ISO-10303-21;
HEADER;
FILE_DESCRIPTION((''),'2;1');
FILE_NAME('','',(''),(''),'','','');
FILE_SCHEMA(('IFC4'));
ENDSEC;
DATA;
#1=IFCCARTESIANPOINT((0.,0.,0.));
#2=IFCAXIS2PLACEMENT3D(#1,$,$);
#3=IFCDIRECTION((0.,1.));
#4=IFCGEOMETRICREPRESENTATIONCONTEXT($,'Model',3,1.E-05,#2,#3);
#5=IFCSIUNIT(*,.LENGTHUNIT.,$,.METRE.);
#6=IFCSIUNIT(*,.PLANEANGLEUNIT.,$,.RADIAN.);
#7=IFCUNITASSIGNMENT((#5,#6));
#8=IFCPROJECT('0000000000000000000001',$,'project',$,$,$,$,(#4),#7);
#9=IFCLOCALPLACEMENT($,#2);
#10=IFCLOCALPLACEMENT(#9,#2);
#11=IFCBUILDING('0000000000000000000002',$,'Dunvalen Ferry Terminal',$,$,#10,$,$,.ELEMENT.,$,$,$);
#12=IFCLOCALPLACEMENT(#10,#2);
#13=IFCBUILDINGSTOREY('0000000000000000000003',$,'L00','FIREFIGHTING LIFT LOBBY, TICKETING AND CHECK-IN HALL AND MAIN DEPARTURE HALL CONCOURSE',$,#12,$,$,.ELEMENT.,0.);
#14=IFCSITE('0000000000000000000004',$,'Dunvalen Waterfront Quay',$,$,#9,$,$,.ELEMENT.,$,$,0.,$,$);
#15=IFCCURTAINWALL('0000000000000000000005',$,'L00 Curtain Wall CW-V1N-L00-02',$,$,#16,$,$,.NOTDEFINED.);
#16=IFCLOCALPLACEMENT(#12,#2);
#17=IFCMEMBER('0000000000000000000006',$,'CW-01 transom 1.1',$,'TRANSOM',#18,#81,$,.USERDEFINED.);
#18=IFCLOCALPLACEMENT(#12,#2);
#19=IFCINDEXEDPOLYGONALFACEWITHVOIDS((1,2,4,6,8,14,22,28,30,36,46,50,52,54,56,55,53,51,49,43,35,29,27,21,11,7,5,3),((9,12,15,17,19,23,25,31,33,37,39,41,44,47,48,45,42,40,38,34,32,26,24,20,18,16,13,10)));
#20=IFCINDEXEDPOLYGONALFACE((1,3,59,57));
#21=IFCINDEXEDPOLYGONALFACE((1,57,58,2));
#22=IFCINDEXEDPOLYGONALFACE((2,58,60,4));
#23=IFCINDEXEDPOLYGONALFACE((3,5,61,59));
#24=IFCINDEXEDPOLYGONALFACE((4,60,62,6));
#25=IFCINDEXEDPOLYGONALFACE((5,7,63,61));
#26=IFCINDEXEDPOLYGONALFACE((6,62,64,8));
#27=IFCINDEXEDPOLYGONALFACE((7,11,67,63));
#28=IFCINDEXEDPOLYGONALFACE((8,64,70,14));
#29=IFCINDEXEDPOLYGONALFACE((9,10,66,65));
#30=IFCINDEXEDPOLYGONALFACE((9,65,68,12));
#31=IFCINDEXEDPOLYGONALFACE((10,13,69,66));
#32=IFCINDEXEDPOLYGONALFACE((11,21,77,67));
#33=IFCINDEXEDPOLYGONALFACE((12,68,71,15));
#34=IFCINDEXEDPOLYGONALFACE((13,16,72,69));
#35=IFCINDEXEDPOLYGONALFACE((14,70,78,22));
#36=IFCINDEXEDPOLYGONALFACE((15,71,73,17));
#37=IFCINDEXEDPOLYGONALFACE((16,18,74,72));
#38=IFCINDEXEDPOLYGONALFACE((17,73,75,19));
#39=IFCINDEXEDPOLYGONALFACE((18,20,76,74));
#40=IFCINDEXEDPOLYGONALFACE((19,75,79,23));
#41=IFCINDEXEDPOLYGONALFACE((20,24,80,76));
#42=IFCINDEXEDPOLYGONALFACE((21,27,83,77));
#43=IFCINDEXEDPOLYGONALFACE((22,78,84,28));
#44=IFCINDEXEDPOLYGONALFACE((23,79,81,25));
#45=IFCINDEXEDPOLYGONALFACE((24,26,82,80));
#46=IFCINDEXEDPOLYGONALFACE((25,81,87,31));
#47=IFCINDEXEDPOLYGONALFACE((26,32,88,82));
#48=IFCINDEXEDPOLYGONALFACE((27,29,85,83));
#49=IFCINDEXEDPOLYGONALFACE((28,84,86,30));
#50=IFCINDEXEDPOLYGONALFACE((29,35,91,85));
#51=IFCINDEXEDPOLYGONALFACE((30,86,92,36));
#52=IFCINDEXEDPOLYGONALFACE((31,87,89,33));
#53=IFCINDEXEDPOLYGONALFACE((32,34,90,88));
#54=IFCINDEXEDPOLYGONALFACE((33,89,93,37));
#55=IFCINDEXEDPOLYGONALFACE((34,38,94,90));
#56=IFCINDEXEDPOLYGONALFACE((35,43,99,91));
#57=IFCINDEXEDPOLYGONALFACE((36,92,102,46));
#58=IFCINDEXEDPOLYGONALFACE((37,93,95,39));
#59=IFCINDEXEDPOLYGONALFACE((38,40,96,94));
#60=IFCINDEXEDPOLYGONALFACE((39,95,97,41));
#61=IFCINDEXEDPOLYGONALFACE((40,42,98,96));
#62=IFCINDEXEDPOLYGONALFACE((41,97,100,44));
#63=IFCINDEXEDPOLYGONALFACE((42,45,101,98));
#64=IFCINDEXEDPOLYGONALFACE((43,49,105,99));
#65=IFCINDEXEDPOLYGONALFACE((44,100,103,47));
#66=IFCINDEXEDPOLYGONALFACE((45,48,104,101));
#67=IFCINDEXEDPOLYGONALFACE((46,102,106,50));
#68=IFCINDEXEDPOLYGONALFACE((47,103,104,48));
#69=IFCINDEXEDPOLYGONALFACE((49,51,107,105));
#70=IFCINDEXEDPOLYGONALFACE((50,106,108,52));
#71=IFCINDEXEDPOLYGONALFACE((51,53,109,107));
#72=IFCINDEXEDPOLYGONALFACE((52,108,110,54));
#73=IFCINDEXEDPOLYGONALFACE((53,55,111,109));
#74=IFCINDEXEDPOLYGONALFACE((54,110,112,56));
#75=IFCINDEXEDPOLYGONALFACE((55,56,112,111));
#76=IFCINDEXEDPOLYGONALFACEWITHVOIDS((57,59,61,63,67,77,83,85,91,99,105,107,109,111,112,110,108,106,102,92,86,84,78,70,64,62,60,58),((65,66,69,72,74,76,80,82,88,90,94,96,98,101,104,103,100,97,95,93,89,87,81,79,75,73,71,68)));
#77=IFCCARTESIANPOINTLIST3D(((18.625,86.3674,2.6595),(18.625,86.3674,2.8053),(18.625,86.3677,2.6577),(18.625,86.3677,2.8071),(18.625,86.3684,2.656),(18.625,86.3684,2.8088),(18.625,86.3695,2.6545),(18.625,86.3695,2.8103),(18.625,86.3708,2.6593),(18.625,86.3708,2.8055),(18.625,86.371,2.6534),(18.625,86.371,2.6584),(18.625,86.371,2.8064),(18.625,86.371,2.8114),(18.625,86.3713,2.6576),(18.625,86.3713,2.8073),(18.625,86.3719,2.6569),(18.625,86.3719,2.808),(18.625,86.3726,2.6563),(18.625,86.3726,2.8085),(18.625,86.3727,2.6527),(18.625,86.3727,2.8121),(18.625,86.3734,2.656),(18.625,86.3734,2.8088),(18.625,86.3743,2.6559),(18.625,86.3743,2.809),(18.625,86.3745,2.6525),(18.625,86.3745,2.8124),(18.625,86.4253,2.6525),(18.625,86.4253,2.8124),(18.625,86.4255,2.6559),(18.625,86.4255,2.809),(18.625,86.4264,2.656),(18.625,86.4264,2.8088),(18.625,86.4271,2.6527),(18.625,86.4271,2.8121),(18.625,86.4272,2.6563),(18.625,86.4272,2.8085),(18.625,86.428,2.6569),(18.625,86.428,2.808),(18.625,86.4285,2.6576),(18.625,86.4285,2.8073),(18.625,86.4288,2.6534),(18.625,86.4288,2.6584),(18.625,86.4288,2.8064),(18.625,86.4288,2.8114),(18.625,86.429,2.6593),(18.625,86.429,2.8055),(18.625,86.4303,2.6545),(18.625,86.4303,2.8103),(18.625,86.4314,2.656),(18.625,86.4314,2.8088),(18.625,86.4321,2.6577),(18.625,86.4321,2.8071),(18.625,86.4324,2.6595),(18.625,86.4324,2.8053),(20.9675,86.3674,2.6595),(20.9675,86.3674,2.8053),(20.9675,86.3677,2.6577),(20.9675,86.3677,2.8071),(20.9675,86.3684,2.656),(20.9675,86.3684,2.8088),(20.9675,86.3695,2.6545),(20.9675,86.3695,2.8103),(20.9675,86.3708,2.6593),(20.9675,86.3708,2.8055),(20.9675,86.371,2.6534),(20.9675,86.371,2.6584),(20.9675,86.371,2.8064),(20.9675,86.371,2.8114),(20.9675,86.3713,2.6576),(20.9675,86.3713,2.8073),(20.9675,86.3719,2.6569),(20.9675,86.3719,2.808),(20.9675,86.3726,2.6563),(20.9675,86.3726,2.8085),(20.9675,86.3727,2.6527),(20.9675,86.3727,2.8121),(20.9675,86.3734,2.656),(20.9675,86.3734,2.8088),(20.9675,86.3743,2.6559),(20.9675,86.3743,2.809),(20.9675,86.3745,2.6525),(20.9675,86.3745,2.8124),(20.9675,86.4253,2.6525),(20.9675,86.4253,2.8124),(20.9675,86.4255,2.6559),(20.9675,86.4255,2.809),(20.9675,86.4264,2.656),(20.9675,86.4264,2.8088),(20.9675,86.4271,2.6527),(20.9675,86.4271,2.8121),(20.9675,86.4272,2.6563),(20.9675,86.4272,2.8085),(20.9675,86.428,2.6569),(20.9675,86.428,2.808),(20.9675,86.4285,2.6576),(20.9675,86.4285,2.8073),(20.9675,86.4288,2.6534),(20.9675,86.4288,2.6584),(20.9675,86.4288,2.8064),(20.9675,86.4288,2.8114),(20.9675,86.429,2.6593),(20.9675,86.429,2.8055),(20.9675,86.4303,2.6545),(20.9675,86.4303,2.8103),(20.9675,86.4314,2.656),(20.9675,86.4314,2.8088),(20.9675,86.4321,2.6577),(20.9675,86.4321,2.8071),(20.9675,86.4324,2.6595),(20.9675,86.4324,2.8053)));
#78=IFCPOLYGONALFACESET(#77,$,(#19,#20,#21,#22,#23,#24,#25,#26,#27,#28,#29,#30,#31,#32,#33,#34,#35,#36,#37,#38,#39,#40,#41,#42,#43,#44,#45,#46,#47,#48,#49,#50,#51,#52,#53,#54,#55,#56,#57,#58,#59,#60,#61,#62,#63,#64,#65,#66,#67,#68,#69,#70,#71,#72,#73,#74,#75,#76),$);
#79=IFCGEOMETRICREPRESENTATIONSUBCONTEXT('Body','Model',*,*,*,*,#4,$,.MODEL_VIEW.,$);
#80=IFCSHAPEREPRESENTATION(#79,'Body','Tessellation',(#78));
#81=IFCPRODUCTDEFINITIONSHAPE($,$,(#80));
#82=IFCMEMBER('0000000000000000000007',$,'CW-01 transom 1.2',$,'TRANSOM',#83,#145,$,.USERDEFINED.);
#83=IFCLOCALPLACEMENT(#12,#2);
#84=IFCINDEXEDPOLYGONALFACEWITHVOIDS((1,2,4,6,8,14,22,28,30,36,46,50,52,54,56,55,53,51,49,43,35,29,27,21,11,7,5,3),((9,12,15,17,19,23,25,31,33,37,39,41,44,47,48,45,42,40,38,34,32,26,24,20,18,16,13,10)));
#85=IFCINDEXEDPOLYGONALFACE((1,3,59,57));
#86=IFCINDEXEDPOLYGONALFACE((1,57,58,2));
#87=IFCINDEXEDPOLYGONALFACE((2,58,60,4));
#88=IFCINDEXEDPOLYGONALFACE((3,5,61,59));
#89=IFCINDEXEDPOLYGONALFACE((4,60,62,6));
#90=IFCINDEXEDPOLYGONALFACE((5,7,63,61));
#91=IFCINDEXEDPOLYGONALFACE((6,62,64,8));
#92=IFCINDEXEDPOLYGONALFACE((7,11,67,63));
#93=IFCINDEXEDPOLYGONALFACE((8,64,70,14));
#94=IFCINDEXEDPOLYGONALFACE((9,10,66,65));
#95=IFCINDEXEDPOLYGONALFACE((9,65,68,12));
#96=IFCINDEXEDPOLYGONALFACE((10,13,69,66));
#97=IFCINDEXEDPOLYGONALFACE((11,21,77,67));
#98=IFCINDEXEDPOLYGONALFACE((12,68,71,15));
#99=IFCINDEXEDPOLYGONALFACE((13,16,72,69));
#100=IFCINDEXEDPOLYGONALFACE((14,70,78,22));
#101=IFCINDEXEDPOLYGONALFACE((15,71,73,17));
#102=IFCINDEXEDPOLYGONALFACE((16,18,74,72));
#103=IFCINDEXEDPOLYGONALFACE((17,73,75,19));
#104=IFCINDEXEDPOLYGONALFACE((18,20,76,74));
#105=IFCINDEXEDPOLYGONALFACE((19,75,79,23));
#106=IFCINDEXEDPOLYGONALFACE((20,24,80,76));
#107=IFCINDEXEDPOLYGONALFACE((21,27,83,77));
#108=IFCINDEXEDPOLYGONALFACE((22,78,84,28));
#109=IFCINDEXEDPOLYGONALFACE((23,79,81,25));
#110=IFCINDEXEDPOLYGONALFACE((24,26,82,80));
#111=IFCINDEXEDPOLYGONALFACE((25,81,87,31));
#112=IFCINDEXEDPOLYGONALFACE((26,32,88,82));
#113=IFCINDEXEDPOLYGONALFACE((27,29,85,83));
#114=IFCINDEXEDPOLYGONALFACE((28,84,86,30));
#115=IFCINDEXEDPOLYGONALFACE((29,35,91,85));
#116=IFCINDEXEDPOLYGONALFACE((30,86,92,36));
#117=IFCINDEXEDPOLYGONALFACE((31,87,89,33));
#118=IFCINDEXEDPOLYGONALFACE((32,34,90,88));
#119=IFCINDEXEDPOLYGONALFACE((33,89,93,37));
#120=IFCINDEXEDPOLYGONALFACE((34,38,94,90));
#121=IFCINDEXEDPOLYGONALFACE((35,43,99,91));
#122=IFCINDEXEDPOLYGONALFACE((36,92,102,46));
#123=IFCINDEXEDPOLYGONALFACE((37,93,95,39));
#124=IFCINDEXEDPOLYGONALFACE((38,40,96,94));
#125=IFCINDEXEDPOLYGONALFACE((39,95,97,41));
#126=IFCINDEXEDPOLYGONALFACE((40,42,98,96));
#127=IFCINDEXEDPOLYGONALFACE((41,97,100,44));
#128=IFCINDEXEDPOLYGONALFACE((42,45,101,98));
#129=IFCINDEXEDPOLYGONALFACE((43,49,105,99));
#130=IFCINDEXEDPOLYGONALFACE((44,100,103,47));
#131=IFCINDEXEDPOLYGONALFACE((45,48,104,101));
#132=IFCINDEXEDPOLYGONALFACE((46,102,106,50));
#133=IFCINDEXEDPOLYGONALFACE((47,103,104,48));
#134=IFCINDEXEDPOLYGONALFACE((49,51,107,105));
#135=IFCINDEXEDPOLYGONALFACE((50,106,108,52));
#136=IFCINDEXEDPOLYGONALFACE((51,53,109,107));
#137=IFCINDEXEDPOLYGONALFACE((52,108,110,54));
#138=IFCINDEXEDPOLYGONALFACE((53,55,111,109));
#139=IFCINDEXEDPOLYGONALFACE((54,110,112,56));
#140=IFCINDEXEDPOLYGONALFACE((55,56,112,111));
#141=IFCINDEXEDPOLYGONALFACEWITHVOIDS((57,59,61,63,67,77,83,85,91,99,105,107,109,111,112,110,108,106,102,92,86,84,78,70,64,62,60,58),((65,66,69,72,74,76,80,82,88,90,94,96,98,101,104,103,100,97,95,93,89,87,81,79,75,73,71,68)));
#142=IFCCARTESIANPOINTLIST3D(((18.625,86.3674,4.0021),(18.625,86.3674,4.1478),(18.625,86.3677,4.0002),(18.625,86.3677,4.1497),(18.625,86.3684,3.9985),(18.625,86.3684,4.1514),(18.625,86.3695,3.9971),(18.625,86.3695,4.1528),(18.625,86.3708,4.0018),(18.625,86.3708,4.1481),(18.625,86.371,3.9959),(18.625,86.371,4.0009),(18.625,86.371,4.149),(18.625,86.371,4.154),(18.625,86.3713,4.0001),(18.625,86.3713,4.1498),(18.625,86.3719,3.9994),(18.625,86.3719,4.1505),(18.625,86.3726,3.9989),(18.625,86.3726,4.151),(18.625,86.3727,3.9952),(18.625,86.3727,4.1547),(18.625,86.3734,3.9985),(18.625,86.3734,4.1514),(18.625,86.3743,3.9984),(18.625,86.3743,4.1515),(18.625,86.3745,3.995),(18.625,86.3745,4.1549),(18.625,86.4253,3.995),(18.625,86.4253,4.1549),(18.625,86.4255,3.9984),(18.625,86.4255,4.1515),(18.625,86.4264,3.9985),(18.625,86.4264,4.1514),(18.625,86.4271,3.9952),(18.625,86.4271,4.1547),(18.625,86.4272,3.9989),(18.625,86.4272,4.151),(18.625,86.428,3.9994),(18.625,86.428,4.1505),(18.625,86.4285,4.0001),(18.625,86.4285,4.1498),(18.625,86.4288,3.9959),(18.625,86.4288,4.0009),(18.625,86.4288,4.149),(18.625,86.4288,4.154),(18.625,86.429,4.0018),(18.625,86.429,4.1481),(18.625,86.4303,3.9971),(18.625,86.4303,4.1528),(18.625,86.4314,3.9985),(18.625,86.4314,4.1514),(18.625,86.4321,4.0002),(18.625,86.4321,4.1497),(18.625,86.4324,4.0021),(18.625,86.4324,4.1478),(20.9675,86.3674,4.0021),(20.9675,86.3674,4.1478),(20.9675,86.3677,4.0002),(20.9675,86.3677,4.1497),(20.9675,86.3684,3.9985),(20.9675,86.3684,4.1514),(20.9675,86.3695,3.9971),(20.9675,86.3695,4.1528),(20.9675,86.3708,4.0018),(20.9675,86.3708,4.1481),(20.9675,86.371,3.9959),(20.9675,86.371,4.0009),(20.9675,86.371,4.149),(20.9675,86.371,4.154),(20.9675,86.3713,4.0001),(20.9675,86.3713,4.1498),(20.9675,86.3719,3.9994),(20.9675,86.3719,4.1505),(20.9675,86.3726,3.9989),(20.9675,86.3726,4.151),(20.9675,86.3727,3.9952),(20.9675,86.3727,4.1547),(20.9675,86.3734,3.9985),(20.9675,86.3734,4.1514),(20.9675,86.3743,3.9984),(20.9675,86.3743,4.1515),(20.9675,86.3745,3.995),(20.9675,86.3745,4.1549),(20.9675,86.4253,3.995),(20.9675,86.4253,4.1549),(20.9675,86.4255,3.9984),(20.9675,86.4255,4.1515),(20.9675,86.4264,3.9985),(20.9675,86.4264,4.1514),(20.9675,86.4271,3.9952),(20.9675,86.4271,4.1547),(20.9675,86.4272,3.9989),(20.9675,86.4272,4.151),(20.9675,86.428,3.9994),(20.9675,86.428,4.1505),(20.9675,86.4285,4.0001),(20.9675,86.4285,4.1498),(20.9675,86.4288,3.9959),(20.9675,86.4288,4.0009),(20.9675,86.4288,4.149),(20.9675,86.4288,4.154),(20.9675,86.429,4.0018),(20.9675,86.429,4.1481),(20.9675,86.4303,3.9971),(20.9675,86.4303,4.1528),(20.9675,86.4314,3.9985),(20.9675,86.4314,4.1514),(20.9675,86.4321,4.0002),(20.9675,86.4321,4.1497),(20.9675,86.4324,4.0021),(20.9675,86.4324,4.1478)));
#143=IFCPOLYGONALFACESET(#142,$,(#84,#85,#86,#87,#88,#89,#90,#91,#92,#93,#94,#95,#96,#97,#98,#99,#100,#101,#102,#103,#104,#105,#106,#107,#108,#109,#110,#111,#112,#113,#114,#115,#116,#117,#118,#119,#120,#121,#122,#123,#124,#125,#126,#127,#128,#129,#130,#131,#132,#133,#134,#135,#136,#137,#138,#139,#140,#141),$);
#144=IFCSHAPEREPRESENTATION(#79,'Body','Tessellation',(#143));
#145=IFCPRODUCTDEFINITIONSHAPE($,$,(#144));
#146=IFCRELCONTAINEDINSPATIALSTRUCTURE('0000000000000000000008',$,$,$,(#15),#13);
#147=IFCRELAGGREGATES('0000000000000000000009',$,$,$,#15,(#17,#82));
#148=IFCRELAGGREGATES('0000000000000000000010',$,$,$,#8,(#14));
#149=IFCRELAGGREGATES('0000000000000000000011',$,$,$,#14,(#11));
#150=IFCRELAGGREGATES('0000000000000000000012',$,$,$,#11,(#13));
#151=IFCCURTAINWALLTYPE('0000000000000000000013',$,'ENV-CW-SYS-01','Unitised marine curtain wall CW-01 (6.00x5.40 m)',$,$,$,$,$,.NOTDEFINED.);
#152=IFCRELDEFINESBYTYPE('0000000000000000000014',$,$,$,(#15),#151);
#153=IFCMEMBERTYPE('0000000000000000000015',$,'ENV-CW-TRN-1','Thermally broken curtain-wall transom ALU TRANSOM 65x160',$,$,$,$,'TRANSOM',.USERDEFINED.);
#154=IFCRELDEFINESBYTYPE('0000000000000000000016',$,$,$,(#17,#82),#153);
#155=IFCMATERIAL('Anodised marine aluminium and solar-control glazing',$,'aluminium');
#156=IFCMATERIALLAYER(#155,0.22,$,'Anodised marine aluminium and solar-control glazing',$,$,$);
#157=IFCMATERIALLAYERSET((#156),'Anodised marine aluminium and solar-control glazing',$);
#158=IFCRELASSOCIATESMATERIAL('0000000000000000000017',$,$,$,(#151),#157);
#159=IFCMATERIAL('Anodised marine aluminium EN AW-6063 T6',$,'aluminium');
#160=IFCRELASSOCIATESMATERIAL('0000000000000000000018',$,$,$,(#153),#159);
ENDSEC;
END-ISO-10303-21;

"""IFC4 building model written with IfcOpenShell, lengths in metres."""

from ifc_helpers import new_model, si_unit, direction, frame, origin, origin_2d, place, context, subcontext, project, spatial, hollow_rectangle, extrude, material, layer, layer_set, material_profile, profile_set, type_object, element, aggregate, save


model = new_model("IFC4")

# Units and contexts
model_context = context("Model", 3, precision=1e-05, world=origin(), true_north=direction((0.0, 1.0)))
body_context = subcontext(model_context, "Body", "Model", "MODEL_VIEW")
ifc_project = project(units=[si_unit("LENGTHUNIT", "METRE"), si_unit("PLANEANGLEUNIT", "RADIAN")], contexts=[model_context])

# Site, building, storey
site_placement = place(None, origin())
site = spatial("IfcSite", under=ifc_project, at=site_placement, Name="Dunvalen Waterfront Quay", CompositionType="ELEMENT", RefElevation=0.0)
building_placement = place(site_placement, origin())
building = spatial("IfcBuilding", under=site, at=building_placement, Name="Dunvalen Ferry Terminal", CompositionType="ELEMENT")
storey_placement = place(building_placement, origin())
storey = spatial("IfcBuildingStorey", under=building, at=storey_placement, Name="L00", Description="FIREFIGHTING LIFT LOBBY, TICKETING AND CHECK-IN HALL AND MAIN DEPARTURE HALL CONCOURSE", CompositionType="ELEMENT", Elevation=0.0)

# Curtain wall
ifc_material_1 = material(Name="Anodised marine aluminium and solar-control glazing", Category="aluminium")
ifc_layer_1 = layer(ifc_material_1, 0.22, Name="Anodised marine aluminium and solar-control glazing")
ifc_layer_set_1 = layer_set([ifc_layer_1], Name="Anodised marine aluminium and solar-control glazing")
curtain_wall_type = type_object("IfcCurtainWallType", Name="ENV-CW-SYS-01", Description="Unitised marine curtain wall CW-01 (6.00x5.40 m)", PredefinedType="NOTDEFINED", material=ifc_layer_set_1)
ifc_material_2 = material(Name="Anodised marine aluminium EN AW-6063 T6", Category="aluminium")
curtain_wall_1_placement = place(storey_placement, origin())
curtain_wall_1 = element("IfcCurtainWall", 1, at=curtain_wall_1_placement, inside=storey, type_object=curtain_wall_type, Name="L00 Curtain Wall CW-V1N-L00-02", PredefinedType="NOTDEFINED")

# Members
ifc_material_profile_1 = material_profile(ifc_material_2, hollow_rectangle(XDim=0.0649, YDim=0.1599, WallThickness=0.0034, InnerFilletRadius=0.0034, OuterFilletRadius=0.0071, at=origin_2d()), Name="Anodised marine aluminium EN AW-6063 T6")
ifc_profile_set_1 = profile_set([ifc_material_profile_1], Name="Anodised marine aluminium EN AW-6063 T6")
member_type_1 = type_object("IfcMemberType", Name="ENV-CW-TRN-1", Description="Thermally broken curtain-wall transom ALU TRANSOM 65x160", ElementType="TRANSOM", PredefinedType="USERDEFINED", material=ifc_profile_set_1)
member_1_placement = place(storey_placement, frame((18.625, 86.3999, 2.7324), z_axis=(1.0, 0.0, 0.0), x_axis=(0.0, 1.0, 0.0)))
member_1 = element("IfcMember", 2, at=member_1_placement, type_object=member_type_1, Name="CW-01 transom 1.1", ObjectType="TRANSOM", PredefinedType="USERDEFINED", context=body_context, shape_type="SweptSolid", body=[
    extrude(hollow_rectangle(XDim=0.0649, YDim=0.1599, WallThickness=0.0034, InnerFilletRadius=0.0034, OuterFilletRadius=0.0071, at=origin_2d()), origin(), (0.0, 0.0, 1.0), 2.3425),
])
member_2_placement = place(storey_placement, frame((18.625, 86.3999, 4.075), z_axis=(1.0, 0.0, 0.0), x_axis=(0.0, 1.0, 0.0)))
member_2 = element("IfcMember", 3, at=member_2_placement, type_object=member_type_1, Name="CW-01 transom 1.2", ObjectType="TRANSOM", PredefinedType="USERDEFINED", context=body_context, shape_type="SweptSolid", body=[
    extrude(hollow_rectangle(XDim=0.0649, YDim=0.1599, WallThickness=0.0034, InnerFilletRadius=0.0034, OuterFilletRadius=0.0071, at=origin_2d()), origin(), (0.0, 0.0, 1.0), 2.3425),
])

aggregate(curtain_wall_1, [member_1, member_2])

save(model, "model.ifc")
